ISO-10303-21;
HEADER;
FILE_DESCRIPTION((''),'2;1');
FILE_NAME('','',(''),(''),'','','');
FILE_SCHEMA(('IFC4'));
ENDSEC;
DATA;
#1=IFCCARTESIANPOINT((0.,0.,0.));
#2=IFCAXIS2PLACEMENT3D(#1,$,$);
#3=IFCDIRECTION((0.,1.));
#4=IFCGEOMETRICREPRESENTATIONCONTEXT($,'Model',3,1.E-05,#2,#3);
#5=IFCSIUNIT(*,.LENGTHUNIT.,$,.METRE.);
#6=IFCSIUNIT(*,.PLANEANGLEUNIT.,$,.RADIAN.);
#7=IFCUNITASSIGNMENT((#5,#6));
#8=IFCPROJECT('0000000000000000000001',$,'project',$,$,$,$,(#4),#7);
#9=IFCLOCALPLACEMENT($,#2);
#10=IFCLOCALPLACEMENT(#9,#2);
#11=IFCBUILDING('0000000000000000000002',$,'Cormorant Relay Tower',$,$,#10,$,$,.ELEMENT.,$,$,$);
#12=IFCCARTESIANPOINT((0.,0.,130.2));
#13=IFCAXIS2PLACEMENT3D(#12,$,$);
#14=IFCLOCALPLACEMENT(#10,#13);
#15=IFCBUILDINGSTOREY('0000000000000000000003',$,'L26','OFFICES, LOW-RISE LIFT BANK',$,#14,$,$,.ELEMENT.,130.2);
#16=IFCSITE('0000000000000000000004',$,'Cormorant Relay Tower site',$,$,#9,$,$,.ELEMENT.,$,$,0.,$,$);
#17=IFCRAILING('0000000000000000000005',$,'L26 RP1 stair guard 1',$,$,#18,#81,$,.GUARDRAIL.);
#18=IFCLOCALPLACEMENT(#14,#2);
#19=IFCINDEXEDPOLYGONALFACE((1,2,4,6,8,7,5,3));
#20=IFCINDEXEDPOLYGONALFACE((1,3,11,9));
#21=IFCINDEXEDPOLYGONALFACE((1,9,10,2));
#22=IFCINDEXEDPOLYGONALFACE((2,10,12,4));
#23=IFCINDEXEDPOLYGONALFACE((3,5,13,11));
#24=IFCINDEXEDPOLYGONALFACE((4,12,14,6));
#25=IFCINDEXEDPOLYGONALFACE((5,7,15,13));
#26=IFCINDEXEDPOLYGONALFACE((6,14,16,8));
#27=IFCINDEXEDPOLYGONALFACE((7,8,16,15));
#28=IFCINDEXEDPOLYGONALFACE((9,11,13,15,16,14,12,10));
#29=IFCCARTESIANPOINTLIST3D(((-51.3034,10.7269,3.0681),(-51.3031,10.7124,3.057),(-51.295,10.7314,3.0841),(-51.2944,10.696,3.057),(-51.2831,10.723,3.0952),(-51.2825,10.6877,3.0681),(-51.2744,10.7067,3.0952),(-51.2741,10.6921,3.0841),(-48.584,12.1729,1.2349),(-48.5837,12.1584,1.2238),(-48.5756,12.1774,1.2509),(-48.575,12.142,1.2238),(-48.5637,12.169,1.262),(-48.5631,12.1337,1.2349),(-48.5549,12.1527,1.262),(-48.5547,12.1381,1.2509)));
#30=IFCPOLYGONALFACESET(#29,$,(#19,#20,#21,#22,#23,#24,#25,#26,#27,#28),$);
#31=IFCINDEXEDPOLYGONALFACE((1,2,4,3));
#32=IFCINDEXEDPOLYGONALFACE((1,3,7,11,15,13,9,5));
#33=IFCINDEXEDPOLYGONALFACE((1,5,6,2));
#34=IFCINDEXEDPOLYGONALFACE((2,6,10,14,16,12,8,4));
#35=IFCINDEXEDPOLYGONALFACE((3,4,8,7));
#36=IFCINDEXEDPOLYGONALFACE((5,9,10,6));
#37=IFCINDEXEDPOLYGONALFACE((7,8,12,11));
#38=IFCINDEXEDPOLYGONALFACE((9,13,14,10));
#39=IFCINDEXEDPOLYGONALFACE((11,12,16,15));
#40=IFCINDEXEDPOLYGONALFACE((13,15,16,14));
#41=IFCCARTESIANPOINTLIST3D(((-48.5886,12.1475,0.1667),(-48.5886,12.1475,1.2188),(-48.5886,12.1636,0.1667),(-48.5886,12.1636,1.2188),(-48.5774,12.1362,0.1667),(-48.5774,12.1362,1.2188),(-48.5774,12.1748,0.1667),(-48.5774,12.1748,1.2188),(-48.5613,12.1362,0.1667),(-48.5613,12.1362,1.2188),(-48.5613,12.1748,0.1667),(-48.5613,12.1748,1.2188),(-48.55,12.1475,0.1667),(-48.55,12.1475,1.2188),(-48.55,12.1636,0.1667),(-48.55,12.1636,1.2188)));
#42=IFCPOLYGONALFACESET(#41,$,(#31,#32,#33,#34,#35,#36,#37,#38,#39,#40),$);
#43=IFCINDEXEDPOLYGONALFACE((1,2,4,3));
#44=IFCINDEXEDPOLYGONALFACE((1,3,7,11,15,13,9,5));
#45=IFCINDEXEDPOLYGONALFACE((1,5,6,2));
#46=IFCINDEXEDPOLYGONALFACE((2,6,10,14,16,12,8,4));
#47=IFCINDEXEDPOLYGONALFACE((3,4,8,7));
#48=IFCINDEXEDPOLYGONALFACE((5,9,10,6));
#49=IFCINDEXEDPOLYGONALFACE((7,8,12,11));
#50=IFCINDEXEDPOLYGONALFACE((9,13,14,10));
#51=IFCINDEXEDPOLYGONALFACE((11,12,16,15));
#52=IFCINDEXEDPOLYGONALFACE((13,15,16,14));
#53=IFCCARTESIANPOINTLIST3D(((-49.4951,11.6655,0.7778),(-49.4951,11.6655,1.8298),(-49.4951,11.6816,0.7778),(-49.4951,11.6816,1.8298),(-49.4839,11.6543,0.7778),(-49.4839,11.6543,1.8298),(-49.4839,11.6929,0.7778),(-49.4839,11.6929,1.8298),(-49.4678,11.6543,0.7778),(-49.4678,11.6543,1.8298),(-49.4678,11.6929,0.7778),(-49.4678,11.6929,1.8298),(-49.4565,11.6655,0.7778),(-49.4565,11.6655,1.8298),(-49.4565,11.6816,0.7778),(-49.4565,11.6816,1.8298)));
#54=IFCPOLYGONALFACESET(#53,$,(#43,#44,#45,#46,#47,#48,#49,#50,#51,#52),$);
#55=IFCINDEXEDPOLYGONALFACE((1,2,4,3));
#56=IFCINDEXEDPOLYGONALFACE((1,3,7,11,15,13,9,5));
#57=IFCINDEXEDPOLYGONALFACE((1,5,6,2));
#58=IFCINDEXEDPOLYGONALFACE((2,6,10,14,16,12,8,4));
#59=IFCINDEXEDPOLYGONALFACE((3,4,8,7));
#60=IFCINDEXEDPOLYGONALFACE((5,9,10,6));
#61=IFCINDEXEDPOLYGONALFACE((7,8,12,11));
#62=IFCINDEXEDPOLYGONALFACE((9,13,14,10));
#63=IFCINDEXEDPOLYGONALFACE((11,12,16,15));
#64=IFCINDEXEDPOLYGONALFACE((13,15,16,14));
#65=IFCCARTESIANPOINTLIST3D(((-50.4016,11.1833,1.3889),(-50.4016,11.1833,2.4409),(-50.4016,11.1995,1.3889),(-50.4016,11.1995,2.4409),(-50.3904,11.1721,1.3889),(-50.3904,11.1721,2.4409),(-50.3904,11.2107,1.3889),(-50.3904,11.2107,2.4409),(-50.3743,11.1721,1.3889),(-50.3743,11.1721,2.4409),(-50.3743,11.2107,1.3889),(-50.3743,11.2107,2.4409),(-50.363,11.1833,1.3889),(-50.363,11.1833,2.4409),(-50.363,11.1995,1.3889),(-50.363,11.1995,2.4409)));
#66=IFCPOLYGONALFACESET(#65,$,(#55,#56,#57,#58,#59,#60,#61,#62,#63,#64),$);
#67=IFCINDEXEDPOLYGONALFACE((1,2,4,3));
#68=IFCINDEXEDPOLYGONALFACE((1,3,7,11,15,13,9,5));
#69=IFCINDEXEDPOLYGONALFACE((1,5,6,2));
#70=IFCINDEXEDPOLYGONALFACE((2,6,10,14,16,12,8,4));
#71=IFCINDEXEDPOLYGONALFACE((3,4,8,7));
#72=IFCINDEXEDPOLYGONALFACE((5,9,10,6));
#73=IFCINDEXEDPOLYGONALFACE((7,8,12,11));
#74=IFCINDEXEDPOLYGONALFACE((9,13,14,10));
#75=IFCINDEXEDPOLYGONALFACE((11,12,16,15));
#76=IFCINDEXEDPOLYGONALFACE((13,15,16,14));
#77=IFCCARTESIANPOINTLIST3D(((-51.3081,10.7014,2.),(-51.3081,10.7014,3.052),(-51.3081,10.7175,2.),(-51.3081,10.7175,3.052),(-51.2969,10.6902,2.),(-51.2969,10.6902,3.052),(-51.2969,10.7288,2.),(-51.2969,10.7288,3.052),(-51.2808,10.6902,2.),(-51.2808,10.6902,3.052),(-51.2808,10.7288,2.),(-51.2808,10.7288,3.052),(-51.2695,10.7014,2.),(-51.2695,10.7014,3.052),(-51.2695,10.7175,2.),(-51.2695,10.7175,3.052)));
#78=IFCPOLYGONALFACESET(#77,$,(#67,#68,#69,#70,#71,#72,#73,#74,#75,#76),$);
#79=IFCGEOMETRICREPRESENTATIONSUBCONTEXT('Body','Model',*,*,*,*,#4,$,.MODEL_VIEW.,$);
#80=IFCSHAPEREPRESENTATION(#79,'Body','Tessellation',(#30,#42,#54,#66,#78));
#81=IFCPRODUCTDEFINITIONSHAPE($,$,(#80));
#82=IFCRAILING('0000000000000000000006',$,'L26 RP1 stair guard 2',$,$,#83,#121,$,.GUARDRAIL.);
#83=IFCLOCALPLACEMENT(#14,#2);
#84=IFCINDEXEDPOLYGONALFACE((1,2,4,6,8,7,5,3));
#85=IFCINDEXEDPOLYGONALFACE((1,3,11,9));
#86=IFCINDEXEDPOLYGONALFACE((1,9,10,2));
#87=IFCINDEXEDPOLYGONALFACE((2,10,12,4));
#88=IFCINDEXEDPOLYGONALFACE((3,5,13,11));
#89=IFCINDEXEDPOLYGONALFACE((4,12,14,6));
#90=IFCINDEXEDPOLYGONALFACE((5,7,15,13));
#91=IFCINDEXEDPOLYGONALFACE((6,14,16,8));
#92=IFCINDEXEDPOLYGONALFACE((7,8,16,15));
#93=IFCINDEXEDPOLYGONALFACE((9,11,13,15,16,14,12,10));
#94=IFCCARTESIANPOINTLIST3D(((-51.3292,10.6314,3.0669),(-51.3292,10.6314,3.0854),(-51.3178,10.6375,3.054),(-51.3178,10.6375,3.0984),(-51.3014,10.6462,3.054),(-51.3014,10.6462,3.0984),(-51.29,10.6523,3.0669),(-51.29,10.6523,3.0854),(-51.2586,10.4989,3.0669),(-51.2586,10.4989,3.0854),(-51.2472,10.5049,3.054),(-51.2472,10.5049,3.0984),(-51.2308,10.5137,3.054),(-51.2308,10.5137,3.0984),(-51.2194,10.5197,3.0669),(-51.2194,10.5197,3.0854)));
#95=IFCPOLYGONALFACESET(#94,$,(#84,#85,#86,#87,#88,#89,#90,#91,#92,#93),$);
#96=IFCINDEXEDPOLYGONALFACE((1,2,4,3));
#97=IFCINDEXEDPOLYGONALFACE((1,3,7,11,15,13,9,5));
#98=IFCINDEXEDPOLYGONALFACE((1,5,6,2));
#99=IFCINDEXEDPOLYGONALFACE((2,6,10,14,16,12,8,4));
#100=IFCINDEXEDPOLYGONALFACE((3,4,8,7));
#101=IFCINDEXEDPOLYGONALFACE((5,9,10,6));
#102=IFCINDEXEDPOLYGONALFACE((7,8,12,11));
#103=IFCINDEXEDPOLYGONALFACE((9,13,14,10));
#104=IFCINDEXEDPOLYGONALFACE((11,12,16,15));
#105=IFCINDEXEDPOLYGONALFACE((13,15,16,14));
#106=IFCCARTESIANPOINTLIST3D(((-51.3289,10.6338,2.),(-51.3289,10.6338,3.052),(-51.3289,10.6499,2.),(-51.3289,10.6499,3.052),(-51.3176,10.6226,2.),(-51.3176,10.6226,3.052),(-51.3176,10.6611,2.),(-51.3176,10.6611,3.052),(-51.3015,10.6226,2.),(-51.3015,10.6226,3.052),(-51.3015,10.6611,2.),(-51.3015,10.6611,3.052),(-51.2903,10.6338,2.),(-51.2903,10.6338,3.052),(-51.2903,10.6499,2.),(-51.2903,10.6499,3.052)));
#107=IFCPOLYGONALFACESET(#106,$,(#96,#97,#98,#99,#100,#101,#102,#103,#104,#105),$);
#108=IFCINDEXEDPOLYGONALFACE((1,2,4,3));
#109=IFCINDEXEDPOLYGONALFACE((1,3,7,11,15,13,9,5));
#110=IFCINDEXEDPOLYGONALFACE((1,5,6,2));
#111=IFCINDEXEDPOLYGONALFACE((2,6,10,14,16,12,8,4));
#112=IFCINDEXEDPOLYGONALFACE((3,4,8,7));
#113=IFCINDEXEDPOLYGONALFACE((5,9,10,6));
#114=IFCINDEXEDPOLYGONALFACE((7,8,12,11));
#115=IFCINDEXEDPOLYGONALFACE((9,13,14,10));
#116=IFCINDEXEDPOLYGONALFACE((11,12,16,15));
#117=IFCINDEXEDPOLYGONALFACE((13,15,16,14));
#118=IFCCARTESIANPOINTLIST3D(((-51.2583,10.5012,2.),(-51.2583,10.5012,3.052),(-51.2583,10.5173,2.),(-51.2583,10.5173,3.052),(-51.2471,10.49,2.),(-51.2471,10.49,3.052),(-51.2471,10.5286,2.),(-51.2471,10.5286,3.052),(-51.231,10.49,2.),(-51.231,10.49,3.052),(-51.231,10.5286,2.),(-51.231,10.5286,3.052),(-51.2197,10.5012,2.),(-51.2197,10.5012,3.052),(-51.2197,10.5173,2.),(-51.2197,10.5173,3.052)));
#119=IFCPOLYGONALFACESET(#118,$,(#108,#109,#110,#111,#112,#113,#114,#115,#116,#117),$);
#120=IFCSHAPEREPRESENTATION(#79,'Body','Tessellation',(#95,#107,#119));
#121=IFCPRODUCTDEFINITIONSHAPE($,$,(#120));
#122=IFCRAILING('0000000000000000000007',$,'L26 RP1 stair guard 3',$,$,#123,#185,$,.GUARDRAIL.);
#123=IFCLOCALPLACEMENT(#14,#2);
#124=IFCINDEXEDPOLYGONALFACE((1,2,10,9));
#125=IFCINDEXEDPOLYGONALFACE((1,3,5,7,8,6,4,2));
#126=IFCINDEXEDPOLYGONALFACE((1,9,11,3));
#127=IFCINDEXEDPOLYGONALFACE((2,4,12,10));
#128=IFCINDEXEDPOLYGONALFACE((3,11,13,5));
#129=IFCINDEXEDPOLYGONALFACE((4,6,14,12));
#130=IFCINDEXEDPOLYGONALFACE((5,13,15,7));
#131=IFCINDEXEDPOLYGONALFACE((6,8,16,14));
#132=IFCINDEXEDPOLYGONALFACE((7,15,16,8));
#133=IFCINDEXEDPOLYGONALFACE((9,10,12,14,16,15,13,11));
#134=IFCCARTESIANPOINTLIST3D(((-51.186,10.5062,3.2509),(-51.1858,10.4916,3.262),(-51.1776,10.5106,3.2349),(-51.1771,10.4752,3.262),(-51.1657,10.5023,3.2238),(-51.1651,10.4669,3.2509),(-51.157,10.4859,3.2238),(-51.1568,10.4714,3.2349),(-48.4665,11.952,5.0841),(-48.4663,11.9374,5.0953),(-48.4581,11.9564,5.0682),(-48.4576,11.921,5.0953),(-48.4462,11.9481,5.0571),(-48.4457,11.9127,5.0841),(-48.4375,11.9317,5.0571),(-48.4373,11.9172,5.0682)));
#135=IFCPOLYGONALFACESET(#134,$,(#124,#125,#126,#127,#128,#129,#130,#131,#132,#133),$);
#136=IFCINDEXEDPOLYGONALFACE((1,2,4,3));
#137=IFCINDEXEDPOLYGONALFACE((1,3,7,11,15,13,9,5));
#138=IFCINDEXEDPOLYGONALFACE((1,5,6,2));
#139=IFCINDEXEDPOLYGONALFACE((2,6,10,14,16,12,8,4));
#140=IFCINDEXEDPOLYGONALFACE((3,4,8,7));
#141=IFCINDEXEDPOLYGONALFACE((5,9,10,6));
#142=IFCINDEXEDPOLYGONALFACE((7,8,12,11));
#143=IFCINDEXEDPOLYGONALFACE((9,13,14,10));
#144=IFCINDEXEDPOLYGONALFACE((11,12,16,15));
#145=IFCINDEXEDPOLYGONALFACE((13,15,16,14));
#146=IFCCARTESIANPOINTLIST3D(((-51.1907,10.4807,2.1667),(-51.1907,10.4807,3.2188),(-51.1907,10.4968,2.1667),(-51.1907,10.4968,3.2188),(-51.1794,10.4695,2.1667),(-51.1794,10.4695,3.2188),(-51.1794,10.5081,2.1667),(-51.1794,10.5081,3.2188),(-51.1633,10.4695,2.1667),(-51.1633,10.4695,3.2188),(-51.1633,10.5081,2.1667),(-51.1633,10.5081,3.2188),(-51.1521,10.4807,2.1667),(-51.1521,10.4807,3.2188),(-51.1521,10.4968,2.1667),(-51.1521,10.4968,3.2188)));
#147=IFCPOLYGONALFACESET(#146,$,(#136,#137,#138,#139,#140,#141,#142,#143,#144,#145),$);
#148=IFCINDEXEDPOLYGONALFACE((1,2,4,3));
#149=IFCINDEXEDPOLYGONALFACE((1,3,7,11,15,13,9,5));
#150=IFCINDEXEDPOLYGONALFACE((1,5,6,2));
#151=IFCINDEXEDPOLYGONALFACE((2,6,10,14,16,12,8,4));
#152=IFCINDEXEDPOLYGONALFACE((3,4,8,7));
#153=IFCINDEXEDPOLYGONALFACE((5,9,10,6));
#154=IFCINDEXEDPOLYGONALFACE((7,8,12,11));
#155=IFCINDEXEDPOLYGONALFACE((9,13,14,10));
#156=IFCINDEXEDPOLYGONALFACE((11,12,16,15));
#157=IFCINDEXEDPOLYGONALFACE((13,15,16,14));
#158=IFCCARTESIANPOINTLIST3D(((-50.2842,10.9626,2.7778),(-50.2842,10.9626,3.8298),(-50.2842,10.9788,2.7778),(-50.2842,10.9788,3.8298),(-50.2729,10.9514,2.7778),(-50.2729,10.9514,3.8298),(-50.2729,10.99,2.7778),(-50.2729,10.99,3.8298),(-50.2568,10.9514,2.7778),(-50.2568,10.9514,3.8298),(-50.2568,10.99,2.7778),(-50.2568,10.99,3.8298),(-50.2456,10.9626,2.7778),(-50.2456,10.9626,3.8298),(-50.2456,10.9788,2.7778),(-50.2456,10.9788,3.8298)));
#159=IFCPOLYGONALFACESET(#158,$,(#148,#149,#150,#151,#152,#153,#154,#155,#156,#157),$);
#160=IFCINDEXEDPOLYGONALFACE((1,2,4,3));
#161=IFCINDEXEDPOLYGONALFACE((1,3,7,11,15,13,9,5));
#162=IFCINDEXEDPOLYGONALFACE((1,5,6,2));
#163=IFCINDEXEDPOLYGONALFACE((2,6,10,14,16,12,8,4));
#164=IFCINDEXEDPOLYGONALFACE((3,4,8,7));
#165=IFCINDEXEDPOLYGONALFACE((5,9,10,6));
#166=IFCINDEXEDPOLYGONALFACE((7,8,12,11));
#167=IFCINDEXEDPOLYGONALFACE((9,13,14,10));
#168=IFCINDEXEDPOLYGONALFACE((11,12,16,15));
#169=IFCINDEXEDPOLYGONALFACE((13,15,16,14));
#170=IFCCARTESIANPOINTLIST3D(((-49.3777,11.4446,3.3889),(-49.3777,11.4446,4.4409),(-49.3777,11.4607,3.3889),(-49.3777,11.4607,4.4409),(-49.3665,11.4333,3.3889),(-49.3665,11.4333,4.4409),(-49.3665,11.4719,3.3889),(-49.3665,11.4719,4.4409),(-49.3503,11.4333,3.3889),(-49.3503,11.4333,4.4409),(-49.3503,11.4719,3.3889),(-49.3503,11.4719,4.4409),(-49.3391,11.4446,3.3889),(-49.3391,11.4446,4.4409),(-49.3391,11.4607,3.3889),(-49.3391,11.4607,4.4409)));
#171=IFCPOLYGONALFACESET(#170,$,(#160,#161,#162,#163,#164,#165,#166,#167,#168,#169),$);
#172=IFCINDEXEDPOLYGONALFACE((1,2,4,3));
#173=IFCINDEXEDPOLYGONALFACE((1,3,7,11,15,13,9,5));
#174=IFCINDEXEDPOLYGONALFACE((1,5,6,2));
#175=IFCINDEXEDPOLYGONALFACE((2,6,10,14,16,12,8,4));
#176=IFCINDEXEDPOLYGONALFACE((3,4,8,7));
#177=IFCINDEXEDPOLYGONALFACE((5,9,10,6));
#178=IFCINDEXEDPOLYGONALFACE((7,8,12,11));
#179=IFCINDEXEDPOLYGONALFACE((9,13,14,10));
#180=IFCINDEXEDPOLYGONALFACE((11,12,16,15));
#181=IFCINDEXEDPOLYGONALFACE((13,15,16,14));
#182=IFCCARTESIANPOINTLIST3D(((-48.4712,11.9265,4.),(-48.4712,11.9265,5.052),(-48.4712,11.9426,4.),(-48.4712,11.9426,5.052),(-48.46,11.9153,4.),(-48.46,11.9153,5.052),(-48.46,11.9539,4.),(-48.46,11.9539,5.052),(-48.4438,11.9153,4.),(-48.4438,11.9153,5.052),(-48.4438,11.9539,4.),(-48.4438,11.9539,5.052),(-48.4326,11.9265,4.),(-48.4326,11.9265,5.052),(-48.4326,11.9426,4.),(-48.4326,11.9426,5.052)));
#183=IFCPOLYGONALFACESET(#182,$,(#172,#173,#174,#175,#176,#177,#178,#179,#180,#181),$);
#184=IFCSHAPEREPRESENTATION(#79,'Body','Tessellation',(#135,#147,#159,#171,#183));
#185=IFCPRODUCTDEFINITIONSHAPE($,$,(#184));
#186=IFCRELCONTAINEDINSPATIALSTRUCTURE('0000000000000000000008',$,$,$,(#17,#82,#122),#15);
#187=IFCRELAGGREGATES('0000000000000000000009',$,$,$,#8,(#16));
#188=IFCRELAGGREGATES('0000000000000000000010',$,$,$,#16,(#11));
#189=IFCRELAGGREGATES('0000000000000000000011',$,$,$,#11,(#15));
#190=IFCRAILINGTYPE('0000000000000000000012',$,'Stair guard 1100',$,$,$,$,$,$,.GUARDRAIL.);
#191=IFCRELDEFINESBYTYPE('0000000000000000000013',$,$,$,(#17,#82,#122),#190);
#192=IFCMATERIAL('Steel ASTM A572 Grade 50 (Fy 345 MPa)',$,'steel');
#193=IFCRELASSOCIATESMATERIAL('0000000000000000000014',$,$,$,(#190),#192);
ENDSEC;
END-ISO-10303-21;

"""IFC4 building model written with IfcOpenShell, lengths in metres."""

from ifc_helpers import new_model, si_unit, direction, frame, origin, place, context, subcontext, project, spatial, polyline, outline, extrude, material, type_object, element, save


model = new_model("IFC4")

# Units and contexts
model_context = context("Model", 3, precision=1e-05, world=origin(), true_north=direction((0.0, 1.0)))
body_context = subcontext(model_context, "Body", "Model", "MODEL_VIEW")
ifc_project = project(units=[si_unit("LENGTHUNIT", "METRE"), si_unit("PLANEANGLEUNIT", "RADIAN")], contexts=[model_context])

# Site, building, storey
site_placement = place(None, origin())
site = spatial("IfcSite", under=ifc_project, at=site_placement, Name="Cormorant Relay Tower site", CompositionType="ELEMENT", RefElevation=0.0)
building_placement = place(site_placement, origin())
building = spatial("IfcBuilding", under=site, at=building_placement, Name="Cormorant Relay Tower", CompositionType="ELEMENT")
storey_placement = place(building_placement, frame((0.0, 0.0, 130.2)))
storey = spatial("IfcBuildingStorey", under=building, at=storey_placement, Name="L26", Description="OFFICES, LOW-RISE LIFT BANK", CompositionType="ELEMENT", Elevation=130.2)

# Railings
ifc_material_1 = material(Name="Steel ASTM A572 Grade 50 (Fy 345 MPa)", Category="steel")
railing_type_1 = type_object("IfcRailingType", Name="Stair guard 1100", PredefinedType="GUARDRAIL", material=ifc_material_1)
railing_1_placement = place(storey_placement, frame((-48.5693, 12.1555, 0.1667)))
element("IfcRailing", 1, at=railing_1_placement, inside=storey, type_object=railing_type_1, Name="L26 RP1 stair guard 1", PredefinedType="GUARDRAIL", context=body_context, shape_type="SweptSolid", body=[
    extrude(outline(polyline([(0.0222, 0.0093), (0.0093, 0.0222), (-0.0093, 0.0222), (-0.0222, 0.0093), (-0.0222, -0.0093), (-0.0093, -0.0222), (0.0093, -0.0222), (0.0222, -0.0093), (0.0222, 0.0093)])), frame((0.0, 0.0, 1.0762), z_axis=(-0.758714, -0.403435, 0.511463), x_axis=(0.469489, -0.882938, 0.0)), (0.0, 0.0, 1.0), 3.5842),
    extrude(outline(polyline([(0.0193, 0.0081), (0.0081, 0.0193), (-0.0081, 0.0193), (-0.0193, 0.0081), (-0.0193, -0.0081), (-0.0081, -0.0193), (0.0081, -0.0193), (0.0193, -0.0081), (0.0193, 0.0081)])), origin(), (0.0, 0.0, 1.0), 1.052),
    extrude(outline(polyline([(0.0193, 0.0081), (0.0081, 0.0193), (-0.0081, 0.0193), (-0.0193, 0.0081), (-0.0193, -0.0081), (-0.0081, -0.0193), (0.0081, -0.0193), (0.0193, -0.0081), (0.0193, 0.0081)])), frame((-0.9065, -0.4819, 0.6111)), (0.0, 0.0, 1.0), 1.052),
    extrude(outline(polyline([(0.0193, 0.0081), (0.0081, 0.0193), (-0.0081, 0.0193), (-0.0193, 0.0081), (-0.0193, -0.0081), (-0.0081, -0.0193), (0.0081, -0.0193), (0.0193, -0.0081), (0.0193, 0.0081)])), frame((-1.813, -0.9641, 1.2222)), (0.0, 0.0, 1.0), 1.052),
    extrude(outline(polyline([(0.0193, 0.0081), (0.0081, 0.0193), (-0.0081, 0.0193), (-0.0193, 0.0081), (-0.0193, -0.0081), (-0.0081, -0.0193), (0.0081, -0.0193), (0.0193, -0.0081), (0.0193, 0.0081)])), frame((-2.7195, -1.446, 1.8333)), (0.0, 0.0, 1.0), 1.052),
])
railing_2_placement = place(storey_placement, frame((-51.3096, 10.6418, 2.0)))
element("IfcRailing", 2, at=railing_2_placement, inside=storey, type_object=railing_type_1, Name="L26 RP1 stair guard 2", PredefinedType="GUARDRAIL", context=body_context, shape_type="SweptSolid", body=[
    extrude(outline(polyline([(0.0222, 0.0093), (0.0093, 0.0222), (-0.0093, 0.0222), (-0.0222, 0.0093), (-0.0222, -0.0093), (-0.0093, -0.0222), (0.0093, -0.0222), (0.0222, -0.0093), (0.0222, 0.0093)])), frame((0.0, 0.0, 1.0762), z_axis=(0.469829, -0.882758, 0.0), x_axis=(0.882758, 0.469829, 0.0)), (0.0, 0.0, 1.0), 0.1501),
    extrude(outline(polyline([(0.0193, 0.0081), (0.0081, 0.0193), (-0.0081, 0.0193), (-0.0193, 0.0081), (-0.0193, -0.0081), (-0.0081, -0.0193), (0.0081, -0.0193), (0.0193, -0.0081), (0.0193, 0.0081)])), origin(), (0.0, 0.0, 1.0), 1.052),
    extrude(outline(polyline([(0.0193, 0.0081), (0.0081, 0.0193), (-0.0081, 0.0193), (-0.0193, 0.0081), (-0.0193, -0.0081), (-0.0081, -0.0193), (0.0081, -0.0193), (0.0193, -0.0081), (0.0193, 0.0081)])), frame((0.0706, -0.1326, 0.0)), (0.0, 0.0, 1.0), 1.052),
])
railing_3_placement = place(storey_placement, frame((-51.1714, 10.4888, 2.1667)))
element("IfcRailing", 3, at=railing_3_placement, inside=storey, type_object=railing_type_1, Name="L26 RP1 stair guard 3", PredefinedType="GUARDRAIL", context=body_context, shape_type="SweptSolid", body=[
    extrude(outline(polyline([(0.0222, 0.0093), (0.0093, 0.0222), (-0.0093, 0.0222), (-0.0222, 0.0093), (-0.0222, -0.0093), (-0.0093, -0.0222), (0.0093, -0.0222), (0.0222, -0.0093), (0.0222, 0.0093)])), frame((0.0, 0.0, 1.0762), z_axis=(0.758735, 0.403378, 0.511477), x_axis=(-0.469428, 0.882971, 0.0)), (0.0, 0.0, 1.0), 3.5842),
    extrude(outline(polyline([(0.0193, 0.0081), (0.0081, 0.0193), (-0.0081, 0.0193), (-0.0193, 0.0081), (-0.0193, -0.0081), (-0.0081, -0.0193), (0.0081, -0.0193), (0.0193, -0.0081), (0.0193, 0.0081)])), origin(), (0.0, 0.0, 1.0), 1.052),
    extrude(outline(polyline([(0.0193, 0.0081), (0.0081, 0.0193), (-0.0081, 0.0193), (-0.0193, 0.0081), (-0.0193, -0.0081), (-0.0081, -0.0193), (0.0081, -0.0193), (0.0193, -0.0081), (0.0193, 0.0081)])), frame((0.9065, 0.4819, 0.6111)), (0.0, 0.0, 1.0), 1.052),
    extrude(outline(polyline([(0.0193, 0.0081), (0.0081, 0.0193), (-0.0081, 0.0193), (-0.0193, 0.0081), (-0.0193, -0.0081), (-0.0081, -0.0193), (0.0081, -0.0193), (0.0193, -0.0081), (0.0193, 0.0081)])), frame((1.813, 0.9639, 1.2222)), (0.0, 0.0, 1.0), 1.052),
    extrude(outline(polyline([(0.0193, 0.0081), (0.0081, 0.0193), (-0.0081, 0.0193), (-0.0193, 0.0081), (-0.0193, -0.0081), (-0.0081, -0.0193), (0.0081, -0.0193), (0.0193, -0.0081), (0.0193, 0.0081)])), frame((2.7195, 1.4458, 1.8333)), (0.0, 0.0, 1.0), 1.052),
])

save(model, "model.ifc")
